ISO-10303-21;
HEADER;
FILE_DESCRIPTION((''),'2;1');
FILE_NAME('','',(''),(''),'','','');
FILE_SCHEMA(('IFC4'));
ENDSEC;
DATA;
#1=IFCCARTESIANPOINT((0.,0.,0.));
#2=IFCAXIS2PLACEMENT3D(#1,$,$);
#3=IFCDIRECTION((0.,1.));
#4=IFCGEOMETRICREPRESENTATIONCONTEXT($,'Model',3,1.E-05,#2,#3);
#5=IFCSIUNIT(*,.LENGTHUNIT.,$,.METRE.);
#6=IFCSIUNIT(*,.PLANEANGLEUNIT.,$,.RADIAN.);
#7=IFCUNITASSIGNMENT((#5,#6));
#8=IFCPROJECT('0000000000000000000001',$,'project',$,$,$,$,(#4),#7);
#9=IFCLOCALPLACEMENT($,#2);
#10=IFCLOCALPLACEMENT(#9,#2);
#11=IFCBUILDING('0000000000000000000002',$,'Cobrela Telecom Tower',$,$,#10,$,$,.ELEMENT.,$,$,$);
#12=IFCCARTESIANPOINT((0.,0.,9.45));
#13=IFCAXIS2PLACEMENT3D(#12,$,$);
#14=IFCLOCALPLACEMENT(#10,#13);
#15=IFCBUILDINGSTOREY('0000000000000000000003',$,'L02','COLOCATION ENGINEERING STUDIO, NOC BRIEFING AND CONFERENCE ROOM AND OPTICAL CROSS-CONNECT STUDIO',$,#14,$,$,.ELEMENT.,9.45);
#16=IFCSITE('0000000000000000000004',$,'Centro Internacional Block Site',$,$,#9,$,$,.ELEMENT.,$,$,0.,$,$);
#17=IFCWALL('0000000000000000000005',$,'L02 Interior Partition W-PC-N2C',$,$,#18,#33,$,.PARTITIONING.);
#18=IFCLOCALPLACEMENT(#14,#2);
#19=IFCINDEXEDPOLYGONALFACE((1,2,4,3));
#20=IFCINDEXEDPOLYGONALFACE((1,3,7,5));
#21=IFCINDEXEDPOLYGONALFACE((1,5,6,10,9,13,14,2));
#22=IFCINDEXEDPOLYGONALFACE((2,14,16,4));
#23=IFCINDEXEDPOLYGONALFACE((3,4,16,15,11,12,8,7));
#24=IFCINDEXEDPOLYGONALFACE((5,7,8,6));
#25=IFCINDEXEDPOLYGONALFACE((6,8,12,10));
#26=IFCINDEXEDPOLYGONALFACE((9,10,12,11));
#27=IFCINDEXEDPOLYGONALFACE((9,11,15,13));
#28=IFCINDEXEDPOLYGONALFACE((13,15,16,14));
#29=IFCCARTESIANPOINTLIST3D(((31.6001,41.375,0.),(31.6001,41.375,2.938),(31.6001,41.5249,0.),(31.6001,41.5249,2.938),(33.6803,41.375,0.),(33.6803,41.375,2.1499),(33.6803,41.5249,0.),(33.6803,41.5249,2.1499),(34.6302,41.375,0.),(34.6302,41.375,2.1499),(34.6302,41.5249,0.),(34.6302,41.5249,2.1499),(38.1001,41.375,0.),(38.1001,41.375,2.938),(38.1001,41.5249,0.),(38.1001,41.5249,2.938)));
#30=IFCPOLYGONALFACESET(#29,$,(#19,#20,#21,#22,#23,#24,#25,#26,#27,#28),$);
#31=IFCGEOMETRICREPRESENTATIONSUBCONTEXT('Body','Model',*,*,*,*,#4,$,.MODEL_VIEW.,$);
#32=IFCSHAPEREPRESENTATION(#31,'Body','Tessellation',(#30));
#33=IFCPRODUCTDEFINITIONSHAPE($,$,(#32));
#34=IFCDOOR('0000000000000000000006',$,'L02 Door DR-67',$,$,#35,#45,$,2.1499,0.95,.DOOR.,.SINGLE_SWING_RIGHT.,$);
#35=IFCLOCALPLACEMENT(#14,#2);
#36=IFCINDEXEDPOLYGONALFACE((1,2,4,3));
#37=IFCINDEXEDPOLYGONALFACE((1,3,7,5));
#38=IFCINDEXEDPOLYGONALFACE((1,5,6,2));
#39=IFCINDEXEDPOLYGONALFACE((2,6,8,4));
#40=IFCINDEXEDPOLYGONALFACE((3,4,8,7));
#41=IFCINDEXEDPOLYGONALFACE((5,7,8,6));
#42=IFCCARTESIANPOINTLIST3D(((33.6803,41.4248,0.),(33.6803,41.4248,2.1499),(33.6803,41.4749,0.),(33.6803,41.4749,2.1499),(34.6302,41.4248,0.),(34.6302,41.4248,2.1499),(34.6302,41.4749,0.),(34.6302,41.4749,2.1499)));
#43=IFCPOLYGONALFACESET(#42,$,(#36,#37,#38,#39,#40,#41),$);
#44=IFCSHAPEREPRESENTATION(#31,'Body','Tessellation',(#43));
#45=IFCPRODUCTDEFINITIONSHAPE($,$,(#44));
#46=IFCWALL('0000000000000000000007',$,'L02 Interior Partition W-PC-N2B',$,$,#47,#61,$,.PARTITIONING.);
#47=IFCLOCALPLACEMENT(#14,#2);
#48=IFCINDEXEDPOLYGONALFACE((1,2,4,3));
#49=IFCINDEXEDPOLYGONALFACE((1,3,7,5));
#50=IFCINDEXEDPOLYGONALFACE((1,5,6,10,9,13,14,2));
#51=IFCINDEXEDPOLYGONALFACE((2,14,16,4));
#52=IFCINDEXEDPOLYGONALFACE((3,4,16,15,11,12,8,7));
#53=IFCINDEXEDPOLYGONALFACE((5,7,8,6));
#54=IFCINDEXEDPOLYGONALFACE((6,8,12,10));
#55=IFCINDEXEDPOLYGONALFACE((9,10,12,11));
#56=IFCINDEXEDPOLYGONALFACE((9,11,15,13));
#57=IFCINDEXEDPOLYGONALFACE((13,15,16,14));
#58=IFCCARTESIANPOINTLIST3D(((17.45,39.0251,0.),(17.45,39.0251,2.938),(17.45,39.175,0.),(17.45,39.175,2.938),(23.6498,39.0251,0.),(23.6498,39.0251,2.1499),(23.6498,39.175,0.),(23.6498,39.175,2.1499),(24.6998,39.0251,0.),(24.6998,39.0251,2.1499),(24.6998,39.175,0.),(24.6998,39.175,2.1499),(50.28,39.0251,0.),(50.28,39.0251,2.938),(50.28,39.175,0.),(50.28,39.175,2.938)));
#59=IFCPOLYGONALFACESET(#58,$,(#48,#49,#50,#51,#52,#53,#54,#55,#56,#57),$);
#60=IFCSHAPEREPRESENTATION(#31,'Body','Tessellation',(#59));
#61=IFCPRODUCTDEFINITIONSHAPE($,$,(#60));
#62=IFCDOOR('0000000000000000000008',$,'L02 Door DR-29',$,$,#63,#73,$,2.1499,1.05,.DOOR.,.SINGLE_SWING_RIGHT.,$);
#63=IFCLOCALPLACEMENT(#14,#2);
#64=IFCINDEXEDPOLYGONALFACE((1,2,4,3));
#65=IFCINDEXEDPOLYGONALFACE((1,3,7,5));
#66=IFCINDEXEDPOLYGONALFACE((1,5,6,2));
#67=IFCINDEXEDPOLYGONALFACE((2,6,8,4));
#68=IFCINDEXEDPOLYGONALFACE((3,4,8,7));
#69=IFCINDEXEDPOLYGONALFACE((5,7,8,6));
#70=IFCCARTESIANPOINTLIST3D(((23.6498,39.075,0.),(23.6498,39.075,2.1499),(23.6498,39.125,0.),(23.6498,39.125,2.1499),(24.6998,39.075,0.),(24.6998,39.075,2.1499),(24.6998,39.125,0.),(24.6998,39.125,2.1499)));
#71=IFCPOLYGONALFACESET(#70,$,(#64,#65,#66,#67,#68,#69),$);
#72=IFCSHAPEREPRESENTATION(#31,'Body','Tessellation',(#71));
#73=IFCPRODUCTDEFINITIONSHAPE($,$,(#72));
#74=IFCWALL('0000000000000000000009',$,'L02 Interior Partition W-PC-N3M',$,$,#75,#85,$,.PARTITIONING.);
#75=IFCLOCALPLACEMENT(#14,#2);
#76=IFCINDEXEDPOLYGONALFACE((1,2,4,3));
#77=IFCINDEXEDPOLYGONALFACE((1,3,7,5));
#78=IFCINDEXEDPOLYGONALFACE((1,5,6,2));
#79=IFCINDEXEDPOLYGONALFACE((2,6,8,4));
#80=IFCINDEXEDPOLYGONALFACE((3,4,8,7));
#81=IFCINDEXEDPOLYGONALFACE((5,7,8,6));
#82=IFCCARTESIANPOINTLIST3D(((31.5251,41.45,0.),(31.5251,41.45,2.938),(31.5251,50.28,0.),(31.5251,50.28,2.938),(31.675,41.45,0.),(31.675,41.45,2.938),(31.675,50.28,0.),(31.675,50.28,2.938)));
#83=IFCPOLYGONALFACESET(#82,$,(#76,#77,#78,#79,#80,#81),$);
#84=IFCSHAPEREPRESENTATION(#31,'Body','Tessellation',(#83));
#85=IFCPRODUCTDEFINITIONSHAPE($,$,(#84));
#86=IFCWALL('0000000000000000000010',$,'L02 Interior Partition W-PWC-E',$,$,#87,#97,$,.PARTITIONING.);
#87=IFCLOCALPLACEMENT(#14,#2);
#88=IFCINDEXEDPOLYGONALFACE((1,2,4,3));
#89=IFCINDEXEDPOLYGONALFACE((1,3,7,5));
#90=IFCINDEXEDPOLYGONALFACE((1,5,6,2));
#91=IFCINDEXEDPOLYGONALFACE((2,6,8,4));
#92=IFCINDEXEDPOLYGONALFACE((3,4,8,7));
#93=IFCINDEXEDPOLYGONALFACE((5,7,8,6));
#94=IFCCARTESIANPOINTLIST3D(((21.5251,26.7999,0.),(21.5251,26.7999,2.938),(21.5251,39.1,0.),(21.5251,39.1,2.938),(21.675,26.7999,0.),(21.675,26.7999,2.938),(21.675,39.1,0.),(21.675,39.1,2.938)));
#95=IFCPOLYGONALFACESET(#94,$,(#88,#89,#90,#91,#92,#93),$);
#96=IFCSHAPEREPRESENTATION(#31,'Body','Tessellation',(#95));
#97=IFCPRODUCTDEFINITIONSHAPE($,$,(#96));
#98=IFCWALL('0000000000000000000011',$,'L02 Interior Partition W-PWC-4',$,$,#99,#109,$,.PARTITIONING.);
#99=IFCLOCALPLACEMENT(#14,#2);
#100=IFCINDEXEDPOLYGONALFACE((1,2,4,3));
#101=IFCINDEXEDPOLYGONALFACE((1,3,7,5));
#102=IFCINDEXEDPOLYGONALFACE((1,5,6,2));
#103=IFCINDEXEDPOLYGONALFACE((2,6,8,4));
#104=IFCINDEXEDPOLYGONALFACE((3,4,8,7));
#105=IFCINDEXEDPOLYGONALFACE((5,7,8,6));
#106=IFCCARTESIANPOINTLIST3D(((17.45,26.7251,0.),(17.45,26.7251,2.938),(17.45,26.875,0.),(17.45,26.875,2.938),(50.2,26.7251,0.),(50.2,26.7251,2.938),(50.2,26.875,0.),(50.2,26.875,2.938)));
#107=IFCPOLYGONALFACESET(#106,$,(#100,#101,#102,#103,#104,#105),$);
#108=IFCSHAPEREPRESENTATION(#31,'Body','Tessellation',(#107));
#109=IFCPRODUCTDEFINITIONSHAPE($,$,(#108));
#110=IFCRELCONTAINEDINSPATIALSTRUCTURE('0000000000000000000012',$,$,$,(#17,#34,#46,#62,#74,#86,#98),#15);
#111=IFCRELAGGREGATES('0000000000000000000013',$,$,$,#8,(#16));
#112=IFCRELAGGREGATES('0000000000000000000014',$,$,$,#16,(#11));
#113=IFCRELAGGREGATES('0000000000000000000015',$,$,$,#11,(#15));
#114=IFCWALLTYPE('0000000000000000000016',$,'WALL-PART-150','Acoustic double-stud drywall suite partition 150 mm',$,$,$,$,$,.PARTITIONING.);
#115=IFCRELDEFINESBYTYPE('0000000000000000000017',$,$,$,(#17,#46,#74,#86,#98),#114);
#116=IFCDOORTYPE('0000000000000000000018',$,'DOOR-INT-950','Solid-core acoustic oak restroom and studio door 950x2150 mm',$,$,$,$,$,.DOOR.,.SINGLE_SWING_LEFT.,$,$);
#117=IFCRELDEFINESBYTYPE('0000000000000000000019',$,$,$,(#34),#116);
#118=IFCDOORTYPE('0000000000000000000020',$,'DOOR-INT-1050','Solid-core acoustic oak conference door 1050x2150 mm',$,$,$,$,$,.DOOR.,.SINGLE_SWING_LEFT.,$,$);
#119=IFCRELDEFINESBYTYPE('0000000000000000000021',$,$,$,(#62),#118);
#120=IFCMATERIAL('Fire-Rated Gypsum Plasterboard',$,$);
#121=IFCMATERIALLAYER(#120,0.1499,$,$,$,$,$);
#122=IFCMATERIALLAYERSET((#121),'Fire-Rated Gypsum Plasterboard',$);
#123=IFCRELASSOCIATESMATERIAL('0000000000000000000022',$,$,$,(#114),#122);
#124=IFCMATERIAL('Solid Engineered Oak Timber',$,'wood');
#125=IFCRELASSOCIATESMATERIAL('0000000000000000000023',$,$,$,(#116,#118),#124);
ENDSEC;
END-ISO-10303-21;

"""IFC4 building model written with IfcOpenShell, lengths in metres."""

from ifc_helpers import new_model, si_unit, direction, frame, frame_2d, origin, place, context, subcontext, project, spatial, rectangle, extrude, material, layer, layer_set, type_object, element, fill, save


model = new_model("IFC4")

# Units and contexts
model_context = context("Model", 3, precision=1e-05, world=origin(), true_north=direction((0.0, 1.0)))
body_context = subcontext(model_context, "Body", "Model", "MODEL_VIEW")
ifc_project = project(units=[si_unit("LENGTHUNIT", "METRE"), si_unit("PLANEANGLEUNIT", "RADIAN")], contexts=[model_context])

# Site, building, storey
site_placement = place(None, origin())
site = spatial("IfcSite", under=ifc_project, at=site_placement, Name="Centro Internacional Block Site", CompositionType="ELEMENT", RefElevation=0.0)
building_placement = place(site_placement, origin())
building = spatial("IfcBuilding", under=site, at=building_placement, Name="Cobrela Telecom Tower", CompositionType="ELEMENT")
storey_placement = place(building_placement, frame((0.0, 0.0, 9.45)))
storey = spatial("IfcBuildingStorey", under=building, at=storey_placement, Name="L02", Description="COLOCATION ENGINEERING STUDIO, NOC BRIEFING AND CONFERENCE ROOM AND OPTICAL CROSS-CONNECT STUDIO", CompositionType="ELEMENT", Elevation=9.45)

# Shared definitions
ifc_material_1 = material(Name="Fire-Rated Gypsum Plasterboard")

# Walls, openings, doors
ifc_layer_1 = layer(ifc_material_1, 0.1499)
ifc_layer_set_1 = layer_set([ifc_layer_1], Name="Fire-Rated Gypsum Plasterboard")
wall_type_1 = type_object("IfcWallType", Name="WALL-PART-150", Description="Acoustic double-stud drywall suite partition 150 mm", PredefinedType="PARTITIONING", material=ifc_layer_set_1)
wall_1_placement = place(storey_placement, frame((31.6001, 41.45, 0.0), z_axis=(0.0, 0.0, 1.0), x_axis=(1.0, 0.0, 0.0)))
wall_1 = element("IfcWall", 1, at=wall_1_placement, inside=storey, type_object=wall_type_1, Name="L02 Interior Partition W-PC-N2C", PredefinedType="PARTITIONING", context=body_context, shape_type="SweptSolid", body=[
    extrude(rectangle(XDim=6.5, YDim=0.1499, at=frame_2d((3.25, 0.0))), origin(), (0.0, 0.0, 1.0), 2.938),
])
opening_1_placement = place(wall_1_placement, frame((2.0801, 0.0, 0.0)))
opening_1 = element("IfcOpeningElement", 2, at=opening_1_placement, cuts=wall_1, PredefinedType="OPENING", context=body_context, shape_type="SweptSolid", body=[
    extrude(rectangle(XDim=0.95, YDim=2.1499, at=frame_2d((0.4751, 1.075))), frame((0.0, 0.0869, 0.0), z_axis=(0.0, -1.0, 0.0), x_axis=(1.0, 0.0, 0.0)), (0.0, 0.0, 1.0), 0.1738),
])
ifc_material_2 = material(Name="Solid Engineered Oak Timber", Category="wood")
door_type_1 = type_object("IfcDoorType", Name="DOOR-INT-950", Description="Solid-core acoustic oak restroom and studio door 950x2150 mm", OperationType="SINGLE_SWING_LEFT", PredefinedType="DOOR", material=ifc_material_2)
door_1_placement = place(opening_1_placement, origin())
door_1 = element("IfcDoor", 3, at=door_1_placement, inside=storey, type_object=door_type_1, Name="L02 Door DR-67", OperationType="SINGLE_SWING_RIGHT", OverallHeight=2.1499, OverallWidth=0.95, PredefinedType="DOOR", context=body_context, shape_type="SweptSolid", body=[
    extrude(rectangle(XDim=0.95, YDim=2.1499, at=frame_2d((0.4751, 1.075))), frame((0.0, 0.0249, 0.0), z_axis=(0.0, -1.0, 0.0), x_axis=(1.0, 0.0, 0.0)), (0.0, 0.0, 1.0), 0.05),
])
fill(opening_1, door_1)
wall_2_placement = place(storey_placement, frame((17.45, 39.1001, 0.0), z_axis=(0.0, 0.0, 1.0), x_axis=(1.0, 0.0, 0.0)))
wall_2 = element("IfcWall", 4, at=wall_2_placement, inside=storey, type_object=wall_type_1, Name="L02 Interior Partition W-PC-N2B", PredefinedType="PARTITIONING", context=body_context, shape_type="SweptSolid", body=[
    extrude(rectangle(XDim=32.8301, YDim=0.1499, at=frame_2d((16.415, 0.0))), origin(), (0.0, 0.0, 1.0), 2.938),
])
opening_2_placement = place(wall_2_placement, frame((6.2, 0.0, 0.0)))
opening_2 = element("IfcOpeningElement", 5, at=opening_2_placement, cuts=wall_2, PredefinedType="OPENING", context=body_context, shape_type="SweptSolid", body=[
    extrude(rectangle(XDim=1.05, YDim=2.1499, at=frame_2d((0.5249, 1.075))), frame((0.0, 0.0869, 0.0), z_axis=(0.0, -1.0, 0.0), x_axis=(1.0, 0.0, 0.0)), (0.0, 0.0, 1.0), 0.1738),
])
door_type_2 = type_object("IfcDoorType", Name="DOOR-INT-1050", Description="Solid-core acoustic oak conference door 1050x2150 mm", OperationType="SINGLE_SWING_LEFT", PredefinedType="DOOR", material=ifc_material_2)
door_2_placement = place(opening_2_placement, origin())
door_2 = element("IfcDoor", 6, at=door_2_placement, inside=storey, type_object=door_type_2, Name="L02 Door DR-29", OperationType="SINGLE_SWING_RIGHT", OverallHeight=2.1499, OverallWidth=1.05, PredefinedType="DOOR", context=body_context, shape_type="SweptSolid", body=[
    extrude(rectangle(XDim=1.05, YDim=2.1499, at=frame_2d((0.5249, 1.075))), frame((0.0, 0.0249, 0.0), z_axis=(0.0, -1.0, 0.0), x_axis=(1.0, 0.0, 0.0)), (0.0, 0.0, 1.0), 0.05),
])
fill(opening_2, door_2)

# Walls
wall_3_placement = place(storey_placement, frame((31.6001, 41.45, 0.0), z_axis=(0.0, 0.0, 1.0), x_axis=(0.0, 1.0, 0.0)))
element("IfcWall", 7, at=wall_3_placement, inside=storey, type_object=wall_type_1, Name="L02 Interior Partition W-PC-N3M", PredefinedType="PARTITIONING", context=body_context, shape_type="SweptSolid", body=[
    extrude(rectangle(XDim=8.8301, YDim=0.1499, at=frame_2d((4.415, 0.0))), origin(), (0.0, 0.0, 1.0), 2.938),
])
wall_4_placement = place(storey_placement, frame((21.6001, 26.8, 0.0), z_axis=(0.0, 0.0, 1.0), x_axis=(0.0, 1.0, 0.0)))
element("IfcWall", 8, at=wall_4_placement, inside=storey, type_object=wall_type_1, Name="L02 Interior Partition W-PWC-E", PredefinedType="PARTITIONING", context=body_context, shape_type="SweptSolid", body=[
    extrude(rectangle(XDim=12.3, YDim=0.1499, at=frame_2d((6.1499, 0.0))), origin(), (0.0, 0.0, 1.0), 2.938),
])
wall_5_placement = place(storey_placement, frame((17.45, 26.8, 0.0), z_axis=(0.0, 0.0, 1.0), x_axis=(1.0, 0.0, 0.0)))
element("IfcWall", 9, at=wall_5_placement, inside=storey, type_object=wall_type_1, Name="L02 Interior Partition W-PWC-4", PredefinedType="PARTITIONING", context=body_context, shape_type="SweptSolid", body=[
    extrude(rectangle(XDim=32.75, YDim=0.1499, at=frame_2d((16.375, 0.0))), origin(), (0.0, 0.0, 1.0), 2.938),
])

save(model, "model.ifc")
